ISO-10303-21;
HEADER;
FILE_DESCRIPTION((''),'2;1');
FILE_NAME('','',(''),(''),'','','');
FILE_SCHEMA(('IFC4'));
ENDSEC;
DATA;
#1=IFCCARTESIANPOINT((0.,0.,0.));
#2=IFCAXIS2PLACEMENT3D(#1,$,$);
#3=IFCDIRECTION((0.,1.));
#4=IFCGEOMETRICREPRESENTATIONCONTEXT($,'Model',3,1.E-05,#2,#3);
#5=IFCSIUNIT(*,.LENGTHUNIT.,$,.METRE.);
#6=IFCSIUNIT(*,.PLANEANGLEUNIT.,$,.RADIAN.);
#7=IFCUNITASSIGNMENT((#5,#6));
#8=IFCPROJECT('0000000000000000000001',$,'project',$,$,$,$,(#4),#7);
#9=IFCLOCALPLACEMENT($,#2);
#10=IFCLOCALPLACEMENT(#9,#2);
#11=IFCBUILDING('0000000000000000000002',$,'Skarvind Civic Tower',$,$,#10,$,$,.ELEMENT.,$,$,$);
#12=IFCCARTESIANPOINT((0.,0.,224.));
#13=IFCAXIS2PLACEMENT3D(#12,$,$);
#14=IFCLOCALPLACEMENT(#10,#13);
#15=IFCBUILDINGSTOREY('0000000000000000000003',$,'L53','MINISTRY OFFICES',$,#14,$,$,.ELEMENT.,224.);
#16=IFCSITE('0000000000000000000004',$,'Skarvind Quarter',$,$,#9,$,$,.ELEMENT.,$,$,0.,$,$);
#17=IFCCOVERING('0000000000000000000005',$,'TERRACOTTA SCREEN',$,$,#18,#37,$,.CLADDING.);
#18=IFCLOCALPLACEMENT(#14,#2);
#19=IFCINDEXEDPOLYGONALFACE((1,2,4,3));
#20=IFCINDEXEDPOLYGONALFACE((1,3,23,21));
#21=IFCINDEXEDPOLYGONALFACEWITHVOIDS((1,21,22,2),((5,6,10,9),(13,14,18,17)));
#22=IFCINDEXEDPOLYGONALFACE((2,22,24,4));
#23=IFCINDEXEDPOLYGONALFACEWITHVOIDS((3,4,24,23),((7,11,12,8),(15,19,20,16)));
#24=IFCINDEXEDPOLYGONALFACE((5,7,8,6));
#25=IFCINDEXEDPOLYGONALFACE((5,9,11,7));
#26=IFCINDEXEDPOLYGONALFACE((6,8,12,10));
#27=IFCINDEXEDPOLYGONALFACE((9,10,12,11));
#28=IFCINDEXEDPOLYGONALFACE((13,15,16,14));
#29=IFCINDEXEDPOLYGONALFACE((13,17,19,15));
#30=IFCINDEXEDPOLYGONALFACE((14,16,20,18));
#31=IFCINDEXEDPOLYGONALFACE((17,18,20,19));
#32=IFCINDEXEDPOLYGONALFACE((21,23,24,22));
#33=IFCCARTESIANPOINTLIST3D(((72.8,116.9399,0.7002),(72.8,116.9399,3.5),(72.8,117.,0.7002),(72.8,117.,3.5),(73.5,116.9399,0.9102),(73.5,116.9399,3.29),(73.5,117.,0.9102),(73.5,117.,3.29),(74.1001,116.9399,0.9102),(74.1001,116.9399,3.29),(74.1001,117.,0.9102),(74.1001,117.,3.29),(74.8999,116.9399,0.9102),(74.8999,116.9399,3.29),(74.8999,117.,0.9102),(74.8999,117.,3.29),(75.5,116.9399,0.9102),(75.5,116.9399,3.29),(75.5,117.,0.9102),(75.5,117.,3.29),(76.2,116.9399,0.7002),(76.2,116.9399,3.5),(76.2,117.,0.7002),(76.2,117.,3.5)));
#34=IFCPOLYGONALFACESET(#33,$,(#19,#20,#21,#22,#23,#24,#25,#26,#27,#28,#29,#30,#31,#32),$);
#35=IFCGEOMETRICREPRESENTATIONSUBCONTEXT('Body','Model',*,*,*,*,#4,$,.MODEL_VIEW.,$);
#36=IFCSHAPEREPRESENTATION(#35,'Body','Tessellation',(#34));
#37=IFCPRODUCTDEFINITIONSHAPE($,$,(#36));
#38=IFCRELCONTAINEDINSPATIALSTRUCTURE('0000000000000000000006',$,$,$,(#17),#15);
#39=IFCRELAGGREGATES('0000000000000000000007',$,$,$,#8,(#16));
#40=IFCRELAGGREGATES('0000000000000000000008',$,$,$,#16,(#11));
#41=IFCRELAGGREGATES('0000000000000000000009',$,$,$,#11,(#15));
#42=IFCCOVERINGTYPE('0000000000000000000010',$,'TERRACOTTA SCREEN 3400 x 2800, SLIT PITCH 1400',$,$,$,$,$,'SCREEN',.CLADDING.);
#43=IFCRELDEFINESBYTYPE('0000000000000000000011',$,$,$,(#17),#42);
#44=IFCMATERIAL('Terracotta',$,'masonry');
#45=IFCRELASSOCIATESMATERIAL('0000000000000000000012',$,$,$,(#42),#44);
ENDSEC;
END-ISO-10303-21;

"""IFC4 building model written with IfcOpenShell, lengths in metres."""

from ifc_helpers import new_model, si_unit, direction, frame, origin, place, context, subcontext, project, spatial, polyline, outline, extrude, material, material_profile, profile_set, type_object, element, save


model = new_model("IFC4")

# Units and contexts
model_context = context("Model", 3, precision=1e-05, world=origin(), true_north=direction((0.0, 1.0)))
body_context = subcontext(model_context, "Body", "Model", "MODEL_VIEW")
ifc_project = project(units=[si_unit("LENGTHUNIT", "METRE"), si_unit("PLANEANGLEUNIT", "RADIAN")], contexts=[model_context])

# Site, building, storey
site_placement = place(None, origin())
site = spatial("IfcSite", under=ifc_project, at=site_placement, Name="Skarvind Quarter", CompositionType="ELEMENT", RefElevation=0.0)
building_placement = place(site_placement, origin())
building = spatial("IfcBuilding", under=site, at=building_placement, Name="Skarvind Civic Tower", CompositionType="ELEMENT")
storey_placement = place(building_placement, frame((0.0, 0.0, 224.0)))
storey = spatial("IfcBuildingStorey", under=building, at=storey_placement, Name="L53", Description="MINISTRY OFFICES", CompositionType="ELEMENT", Elevation=224.0)

# Covering
ifc_material_1 = material(Name="Terracotta", Category="masonry")
ifc_material_profile_1 = material_profile(ifc_material_1, outline(polyline([(-1.7, -1.3999), (1.7, -1.3999), (1.7, 1.3999), (-1.7, 1.3999), (-1.7, -1.3999)]), holes=[polyline([(-1.0, -1.1899), (-0.3999, -1.1899), (-0.3999, 1.1899), (-1.0, 1.1899), (-1.0, -1.1899)]), polyline([(0.3999, -1.1899), (1.0, -1.1899), (1.0, 1.1899), (0.3999, 1.1899), (0.3999, -1.1899)])]), Name="TERRACOTTA SCREEN 3400 x 2800, SLIT PITCH 1400")
ifc_profile_set_1 = profile_set([ifc_material_profile_1], Name="Terracotta")
covering_type = type_object("IfcCoveringType", Name="TERRACOTTA SCREEN 3400 x 2800, SLIT PITCH 1400", ElementType="SCREEN", PredefinedType="CLADDING", material=ifc_profile_set_1)
for number, where, z_axis, x_axis, name in (
    (1, (74.5, 117.0, 2.1001), (0.0, -1.0, 0.0), (1.0, 0.0, 0.0), "TERRACOTTA SCREEN"),
):
    element("IfcCovering", number, at=place(storey_placement, frame(where, z_axis=z_axis, x_axis=x_axis)), inside=storey, type_object=covering_type, Name=name, PredefinedType="CLADDING", context=body_context, shape_type="SweptSolid", body=[
        extrude(outline(polyline([(-1.7, -1.3999), (1.7, -1.3999), (1.7, 1.3999), (-1.7, 1.3999), (-1.7, -1.3999)]), holes=[polyline([(-1.0, -1.1899), (-0.3999, -1.1899), (-0.3999, 1.1899), (-1.0, 1.1899), (-1.0, -1.1899)]), polyline([(0.3999, -1.1899), (1.0, -1.1899), (1.0, 1.1899), (0.3999, 1.1899), (0.3999, -1.1899)])]), origin(), (0.0, 0.0, 1.0), 0.0601),
    ])

save(model, "model.ifc")
